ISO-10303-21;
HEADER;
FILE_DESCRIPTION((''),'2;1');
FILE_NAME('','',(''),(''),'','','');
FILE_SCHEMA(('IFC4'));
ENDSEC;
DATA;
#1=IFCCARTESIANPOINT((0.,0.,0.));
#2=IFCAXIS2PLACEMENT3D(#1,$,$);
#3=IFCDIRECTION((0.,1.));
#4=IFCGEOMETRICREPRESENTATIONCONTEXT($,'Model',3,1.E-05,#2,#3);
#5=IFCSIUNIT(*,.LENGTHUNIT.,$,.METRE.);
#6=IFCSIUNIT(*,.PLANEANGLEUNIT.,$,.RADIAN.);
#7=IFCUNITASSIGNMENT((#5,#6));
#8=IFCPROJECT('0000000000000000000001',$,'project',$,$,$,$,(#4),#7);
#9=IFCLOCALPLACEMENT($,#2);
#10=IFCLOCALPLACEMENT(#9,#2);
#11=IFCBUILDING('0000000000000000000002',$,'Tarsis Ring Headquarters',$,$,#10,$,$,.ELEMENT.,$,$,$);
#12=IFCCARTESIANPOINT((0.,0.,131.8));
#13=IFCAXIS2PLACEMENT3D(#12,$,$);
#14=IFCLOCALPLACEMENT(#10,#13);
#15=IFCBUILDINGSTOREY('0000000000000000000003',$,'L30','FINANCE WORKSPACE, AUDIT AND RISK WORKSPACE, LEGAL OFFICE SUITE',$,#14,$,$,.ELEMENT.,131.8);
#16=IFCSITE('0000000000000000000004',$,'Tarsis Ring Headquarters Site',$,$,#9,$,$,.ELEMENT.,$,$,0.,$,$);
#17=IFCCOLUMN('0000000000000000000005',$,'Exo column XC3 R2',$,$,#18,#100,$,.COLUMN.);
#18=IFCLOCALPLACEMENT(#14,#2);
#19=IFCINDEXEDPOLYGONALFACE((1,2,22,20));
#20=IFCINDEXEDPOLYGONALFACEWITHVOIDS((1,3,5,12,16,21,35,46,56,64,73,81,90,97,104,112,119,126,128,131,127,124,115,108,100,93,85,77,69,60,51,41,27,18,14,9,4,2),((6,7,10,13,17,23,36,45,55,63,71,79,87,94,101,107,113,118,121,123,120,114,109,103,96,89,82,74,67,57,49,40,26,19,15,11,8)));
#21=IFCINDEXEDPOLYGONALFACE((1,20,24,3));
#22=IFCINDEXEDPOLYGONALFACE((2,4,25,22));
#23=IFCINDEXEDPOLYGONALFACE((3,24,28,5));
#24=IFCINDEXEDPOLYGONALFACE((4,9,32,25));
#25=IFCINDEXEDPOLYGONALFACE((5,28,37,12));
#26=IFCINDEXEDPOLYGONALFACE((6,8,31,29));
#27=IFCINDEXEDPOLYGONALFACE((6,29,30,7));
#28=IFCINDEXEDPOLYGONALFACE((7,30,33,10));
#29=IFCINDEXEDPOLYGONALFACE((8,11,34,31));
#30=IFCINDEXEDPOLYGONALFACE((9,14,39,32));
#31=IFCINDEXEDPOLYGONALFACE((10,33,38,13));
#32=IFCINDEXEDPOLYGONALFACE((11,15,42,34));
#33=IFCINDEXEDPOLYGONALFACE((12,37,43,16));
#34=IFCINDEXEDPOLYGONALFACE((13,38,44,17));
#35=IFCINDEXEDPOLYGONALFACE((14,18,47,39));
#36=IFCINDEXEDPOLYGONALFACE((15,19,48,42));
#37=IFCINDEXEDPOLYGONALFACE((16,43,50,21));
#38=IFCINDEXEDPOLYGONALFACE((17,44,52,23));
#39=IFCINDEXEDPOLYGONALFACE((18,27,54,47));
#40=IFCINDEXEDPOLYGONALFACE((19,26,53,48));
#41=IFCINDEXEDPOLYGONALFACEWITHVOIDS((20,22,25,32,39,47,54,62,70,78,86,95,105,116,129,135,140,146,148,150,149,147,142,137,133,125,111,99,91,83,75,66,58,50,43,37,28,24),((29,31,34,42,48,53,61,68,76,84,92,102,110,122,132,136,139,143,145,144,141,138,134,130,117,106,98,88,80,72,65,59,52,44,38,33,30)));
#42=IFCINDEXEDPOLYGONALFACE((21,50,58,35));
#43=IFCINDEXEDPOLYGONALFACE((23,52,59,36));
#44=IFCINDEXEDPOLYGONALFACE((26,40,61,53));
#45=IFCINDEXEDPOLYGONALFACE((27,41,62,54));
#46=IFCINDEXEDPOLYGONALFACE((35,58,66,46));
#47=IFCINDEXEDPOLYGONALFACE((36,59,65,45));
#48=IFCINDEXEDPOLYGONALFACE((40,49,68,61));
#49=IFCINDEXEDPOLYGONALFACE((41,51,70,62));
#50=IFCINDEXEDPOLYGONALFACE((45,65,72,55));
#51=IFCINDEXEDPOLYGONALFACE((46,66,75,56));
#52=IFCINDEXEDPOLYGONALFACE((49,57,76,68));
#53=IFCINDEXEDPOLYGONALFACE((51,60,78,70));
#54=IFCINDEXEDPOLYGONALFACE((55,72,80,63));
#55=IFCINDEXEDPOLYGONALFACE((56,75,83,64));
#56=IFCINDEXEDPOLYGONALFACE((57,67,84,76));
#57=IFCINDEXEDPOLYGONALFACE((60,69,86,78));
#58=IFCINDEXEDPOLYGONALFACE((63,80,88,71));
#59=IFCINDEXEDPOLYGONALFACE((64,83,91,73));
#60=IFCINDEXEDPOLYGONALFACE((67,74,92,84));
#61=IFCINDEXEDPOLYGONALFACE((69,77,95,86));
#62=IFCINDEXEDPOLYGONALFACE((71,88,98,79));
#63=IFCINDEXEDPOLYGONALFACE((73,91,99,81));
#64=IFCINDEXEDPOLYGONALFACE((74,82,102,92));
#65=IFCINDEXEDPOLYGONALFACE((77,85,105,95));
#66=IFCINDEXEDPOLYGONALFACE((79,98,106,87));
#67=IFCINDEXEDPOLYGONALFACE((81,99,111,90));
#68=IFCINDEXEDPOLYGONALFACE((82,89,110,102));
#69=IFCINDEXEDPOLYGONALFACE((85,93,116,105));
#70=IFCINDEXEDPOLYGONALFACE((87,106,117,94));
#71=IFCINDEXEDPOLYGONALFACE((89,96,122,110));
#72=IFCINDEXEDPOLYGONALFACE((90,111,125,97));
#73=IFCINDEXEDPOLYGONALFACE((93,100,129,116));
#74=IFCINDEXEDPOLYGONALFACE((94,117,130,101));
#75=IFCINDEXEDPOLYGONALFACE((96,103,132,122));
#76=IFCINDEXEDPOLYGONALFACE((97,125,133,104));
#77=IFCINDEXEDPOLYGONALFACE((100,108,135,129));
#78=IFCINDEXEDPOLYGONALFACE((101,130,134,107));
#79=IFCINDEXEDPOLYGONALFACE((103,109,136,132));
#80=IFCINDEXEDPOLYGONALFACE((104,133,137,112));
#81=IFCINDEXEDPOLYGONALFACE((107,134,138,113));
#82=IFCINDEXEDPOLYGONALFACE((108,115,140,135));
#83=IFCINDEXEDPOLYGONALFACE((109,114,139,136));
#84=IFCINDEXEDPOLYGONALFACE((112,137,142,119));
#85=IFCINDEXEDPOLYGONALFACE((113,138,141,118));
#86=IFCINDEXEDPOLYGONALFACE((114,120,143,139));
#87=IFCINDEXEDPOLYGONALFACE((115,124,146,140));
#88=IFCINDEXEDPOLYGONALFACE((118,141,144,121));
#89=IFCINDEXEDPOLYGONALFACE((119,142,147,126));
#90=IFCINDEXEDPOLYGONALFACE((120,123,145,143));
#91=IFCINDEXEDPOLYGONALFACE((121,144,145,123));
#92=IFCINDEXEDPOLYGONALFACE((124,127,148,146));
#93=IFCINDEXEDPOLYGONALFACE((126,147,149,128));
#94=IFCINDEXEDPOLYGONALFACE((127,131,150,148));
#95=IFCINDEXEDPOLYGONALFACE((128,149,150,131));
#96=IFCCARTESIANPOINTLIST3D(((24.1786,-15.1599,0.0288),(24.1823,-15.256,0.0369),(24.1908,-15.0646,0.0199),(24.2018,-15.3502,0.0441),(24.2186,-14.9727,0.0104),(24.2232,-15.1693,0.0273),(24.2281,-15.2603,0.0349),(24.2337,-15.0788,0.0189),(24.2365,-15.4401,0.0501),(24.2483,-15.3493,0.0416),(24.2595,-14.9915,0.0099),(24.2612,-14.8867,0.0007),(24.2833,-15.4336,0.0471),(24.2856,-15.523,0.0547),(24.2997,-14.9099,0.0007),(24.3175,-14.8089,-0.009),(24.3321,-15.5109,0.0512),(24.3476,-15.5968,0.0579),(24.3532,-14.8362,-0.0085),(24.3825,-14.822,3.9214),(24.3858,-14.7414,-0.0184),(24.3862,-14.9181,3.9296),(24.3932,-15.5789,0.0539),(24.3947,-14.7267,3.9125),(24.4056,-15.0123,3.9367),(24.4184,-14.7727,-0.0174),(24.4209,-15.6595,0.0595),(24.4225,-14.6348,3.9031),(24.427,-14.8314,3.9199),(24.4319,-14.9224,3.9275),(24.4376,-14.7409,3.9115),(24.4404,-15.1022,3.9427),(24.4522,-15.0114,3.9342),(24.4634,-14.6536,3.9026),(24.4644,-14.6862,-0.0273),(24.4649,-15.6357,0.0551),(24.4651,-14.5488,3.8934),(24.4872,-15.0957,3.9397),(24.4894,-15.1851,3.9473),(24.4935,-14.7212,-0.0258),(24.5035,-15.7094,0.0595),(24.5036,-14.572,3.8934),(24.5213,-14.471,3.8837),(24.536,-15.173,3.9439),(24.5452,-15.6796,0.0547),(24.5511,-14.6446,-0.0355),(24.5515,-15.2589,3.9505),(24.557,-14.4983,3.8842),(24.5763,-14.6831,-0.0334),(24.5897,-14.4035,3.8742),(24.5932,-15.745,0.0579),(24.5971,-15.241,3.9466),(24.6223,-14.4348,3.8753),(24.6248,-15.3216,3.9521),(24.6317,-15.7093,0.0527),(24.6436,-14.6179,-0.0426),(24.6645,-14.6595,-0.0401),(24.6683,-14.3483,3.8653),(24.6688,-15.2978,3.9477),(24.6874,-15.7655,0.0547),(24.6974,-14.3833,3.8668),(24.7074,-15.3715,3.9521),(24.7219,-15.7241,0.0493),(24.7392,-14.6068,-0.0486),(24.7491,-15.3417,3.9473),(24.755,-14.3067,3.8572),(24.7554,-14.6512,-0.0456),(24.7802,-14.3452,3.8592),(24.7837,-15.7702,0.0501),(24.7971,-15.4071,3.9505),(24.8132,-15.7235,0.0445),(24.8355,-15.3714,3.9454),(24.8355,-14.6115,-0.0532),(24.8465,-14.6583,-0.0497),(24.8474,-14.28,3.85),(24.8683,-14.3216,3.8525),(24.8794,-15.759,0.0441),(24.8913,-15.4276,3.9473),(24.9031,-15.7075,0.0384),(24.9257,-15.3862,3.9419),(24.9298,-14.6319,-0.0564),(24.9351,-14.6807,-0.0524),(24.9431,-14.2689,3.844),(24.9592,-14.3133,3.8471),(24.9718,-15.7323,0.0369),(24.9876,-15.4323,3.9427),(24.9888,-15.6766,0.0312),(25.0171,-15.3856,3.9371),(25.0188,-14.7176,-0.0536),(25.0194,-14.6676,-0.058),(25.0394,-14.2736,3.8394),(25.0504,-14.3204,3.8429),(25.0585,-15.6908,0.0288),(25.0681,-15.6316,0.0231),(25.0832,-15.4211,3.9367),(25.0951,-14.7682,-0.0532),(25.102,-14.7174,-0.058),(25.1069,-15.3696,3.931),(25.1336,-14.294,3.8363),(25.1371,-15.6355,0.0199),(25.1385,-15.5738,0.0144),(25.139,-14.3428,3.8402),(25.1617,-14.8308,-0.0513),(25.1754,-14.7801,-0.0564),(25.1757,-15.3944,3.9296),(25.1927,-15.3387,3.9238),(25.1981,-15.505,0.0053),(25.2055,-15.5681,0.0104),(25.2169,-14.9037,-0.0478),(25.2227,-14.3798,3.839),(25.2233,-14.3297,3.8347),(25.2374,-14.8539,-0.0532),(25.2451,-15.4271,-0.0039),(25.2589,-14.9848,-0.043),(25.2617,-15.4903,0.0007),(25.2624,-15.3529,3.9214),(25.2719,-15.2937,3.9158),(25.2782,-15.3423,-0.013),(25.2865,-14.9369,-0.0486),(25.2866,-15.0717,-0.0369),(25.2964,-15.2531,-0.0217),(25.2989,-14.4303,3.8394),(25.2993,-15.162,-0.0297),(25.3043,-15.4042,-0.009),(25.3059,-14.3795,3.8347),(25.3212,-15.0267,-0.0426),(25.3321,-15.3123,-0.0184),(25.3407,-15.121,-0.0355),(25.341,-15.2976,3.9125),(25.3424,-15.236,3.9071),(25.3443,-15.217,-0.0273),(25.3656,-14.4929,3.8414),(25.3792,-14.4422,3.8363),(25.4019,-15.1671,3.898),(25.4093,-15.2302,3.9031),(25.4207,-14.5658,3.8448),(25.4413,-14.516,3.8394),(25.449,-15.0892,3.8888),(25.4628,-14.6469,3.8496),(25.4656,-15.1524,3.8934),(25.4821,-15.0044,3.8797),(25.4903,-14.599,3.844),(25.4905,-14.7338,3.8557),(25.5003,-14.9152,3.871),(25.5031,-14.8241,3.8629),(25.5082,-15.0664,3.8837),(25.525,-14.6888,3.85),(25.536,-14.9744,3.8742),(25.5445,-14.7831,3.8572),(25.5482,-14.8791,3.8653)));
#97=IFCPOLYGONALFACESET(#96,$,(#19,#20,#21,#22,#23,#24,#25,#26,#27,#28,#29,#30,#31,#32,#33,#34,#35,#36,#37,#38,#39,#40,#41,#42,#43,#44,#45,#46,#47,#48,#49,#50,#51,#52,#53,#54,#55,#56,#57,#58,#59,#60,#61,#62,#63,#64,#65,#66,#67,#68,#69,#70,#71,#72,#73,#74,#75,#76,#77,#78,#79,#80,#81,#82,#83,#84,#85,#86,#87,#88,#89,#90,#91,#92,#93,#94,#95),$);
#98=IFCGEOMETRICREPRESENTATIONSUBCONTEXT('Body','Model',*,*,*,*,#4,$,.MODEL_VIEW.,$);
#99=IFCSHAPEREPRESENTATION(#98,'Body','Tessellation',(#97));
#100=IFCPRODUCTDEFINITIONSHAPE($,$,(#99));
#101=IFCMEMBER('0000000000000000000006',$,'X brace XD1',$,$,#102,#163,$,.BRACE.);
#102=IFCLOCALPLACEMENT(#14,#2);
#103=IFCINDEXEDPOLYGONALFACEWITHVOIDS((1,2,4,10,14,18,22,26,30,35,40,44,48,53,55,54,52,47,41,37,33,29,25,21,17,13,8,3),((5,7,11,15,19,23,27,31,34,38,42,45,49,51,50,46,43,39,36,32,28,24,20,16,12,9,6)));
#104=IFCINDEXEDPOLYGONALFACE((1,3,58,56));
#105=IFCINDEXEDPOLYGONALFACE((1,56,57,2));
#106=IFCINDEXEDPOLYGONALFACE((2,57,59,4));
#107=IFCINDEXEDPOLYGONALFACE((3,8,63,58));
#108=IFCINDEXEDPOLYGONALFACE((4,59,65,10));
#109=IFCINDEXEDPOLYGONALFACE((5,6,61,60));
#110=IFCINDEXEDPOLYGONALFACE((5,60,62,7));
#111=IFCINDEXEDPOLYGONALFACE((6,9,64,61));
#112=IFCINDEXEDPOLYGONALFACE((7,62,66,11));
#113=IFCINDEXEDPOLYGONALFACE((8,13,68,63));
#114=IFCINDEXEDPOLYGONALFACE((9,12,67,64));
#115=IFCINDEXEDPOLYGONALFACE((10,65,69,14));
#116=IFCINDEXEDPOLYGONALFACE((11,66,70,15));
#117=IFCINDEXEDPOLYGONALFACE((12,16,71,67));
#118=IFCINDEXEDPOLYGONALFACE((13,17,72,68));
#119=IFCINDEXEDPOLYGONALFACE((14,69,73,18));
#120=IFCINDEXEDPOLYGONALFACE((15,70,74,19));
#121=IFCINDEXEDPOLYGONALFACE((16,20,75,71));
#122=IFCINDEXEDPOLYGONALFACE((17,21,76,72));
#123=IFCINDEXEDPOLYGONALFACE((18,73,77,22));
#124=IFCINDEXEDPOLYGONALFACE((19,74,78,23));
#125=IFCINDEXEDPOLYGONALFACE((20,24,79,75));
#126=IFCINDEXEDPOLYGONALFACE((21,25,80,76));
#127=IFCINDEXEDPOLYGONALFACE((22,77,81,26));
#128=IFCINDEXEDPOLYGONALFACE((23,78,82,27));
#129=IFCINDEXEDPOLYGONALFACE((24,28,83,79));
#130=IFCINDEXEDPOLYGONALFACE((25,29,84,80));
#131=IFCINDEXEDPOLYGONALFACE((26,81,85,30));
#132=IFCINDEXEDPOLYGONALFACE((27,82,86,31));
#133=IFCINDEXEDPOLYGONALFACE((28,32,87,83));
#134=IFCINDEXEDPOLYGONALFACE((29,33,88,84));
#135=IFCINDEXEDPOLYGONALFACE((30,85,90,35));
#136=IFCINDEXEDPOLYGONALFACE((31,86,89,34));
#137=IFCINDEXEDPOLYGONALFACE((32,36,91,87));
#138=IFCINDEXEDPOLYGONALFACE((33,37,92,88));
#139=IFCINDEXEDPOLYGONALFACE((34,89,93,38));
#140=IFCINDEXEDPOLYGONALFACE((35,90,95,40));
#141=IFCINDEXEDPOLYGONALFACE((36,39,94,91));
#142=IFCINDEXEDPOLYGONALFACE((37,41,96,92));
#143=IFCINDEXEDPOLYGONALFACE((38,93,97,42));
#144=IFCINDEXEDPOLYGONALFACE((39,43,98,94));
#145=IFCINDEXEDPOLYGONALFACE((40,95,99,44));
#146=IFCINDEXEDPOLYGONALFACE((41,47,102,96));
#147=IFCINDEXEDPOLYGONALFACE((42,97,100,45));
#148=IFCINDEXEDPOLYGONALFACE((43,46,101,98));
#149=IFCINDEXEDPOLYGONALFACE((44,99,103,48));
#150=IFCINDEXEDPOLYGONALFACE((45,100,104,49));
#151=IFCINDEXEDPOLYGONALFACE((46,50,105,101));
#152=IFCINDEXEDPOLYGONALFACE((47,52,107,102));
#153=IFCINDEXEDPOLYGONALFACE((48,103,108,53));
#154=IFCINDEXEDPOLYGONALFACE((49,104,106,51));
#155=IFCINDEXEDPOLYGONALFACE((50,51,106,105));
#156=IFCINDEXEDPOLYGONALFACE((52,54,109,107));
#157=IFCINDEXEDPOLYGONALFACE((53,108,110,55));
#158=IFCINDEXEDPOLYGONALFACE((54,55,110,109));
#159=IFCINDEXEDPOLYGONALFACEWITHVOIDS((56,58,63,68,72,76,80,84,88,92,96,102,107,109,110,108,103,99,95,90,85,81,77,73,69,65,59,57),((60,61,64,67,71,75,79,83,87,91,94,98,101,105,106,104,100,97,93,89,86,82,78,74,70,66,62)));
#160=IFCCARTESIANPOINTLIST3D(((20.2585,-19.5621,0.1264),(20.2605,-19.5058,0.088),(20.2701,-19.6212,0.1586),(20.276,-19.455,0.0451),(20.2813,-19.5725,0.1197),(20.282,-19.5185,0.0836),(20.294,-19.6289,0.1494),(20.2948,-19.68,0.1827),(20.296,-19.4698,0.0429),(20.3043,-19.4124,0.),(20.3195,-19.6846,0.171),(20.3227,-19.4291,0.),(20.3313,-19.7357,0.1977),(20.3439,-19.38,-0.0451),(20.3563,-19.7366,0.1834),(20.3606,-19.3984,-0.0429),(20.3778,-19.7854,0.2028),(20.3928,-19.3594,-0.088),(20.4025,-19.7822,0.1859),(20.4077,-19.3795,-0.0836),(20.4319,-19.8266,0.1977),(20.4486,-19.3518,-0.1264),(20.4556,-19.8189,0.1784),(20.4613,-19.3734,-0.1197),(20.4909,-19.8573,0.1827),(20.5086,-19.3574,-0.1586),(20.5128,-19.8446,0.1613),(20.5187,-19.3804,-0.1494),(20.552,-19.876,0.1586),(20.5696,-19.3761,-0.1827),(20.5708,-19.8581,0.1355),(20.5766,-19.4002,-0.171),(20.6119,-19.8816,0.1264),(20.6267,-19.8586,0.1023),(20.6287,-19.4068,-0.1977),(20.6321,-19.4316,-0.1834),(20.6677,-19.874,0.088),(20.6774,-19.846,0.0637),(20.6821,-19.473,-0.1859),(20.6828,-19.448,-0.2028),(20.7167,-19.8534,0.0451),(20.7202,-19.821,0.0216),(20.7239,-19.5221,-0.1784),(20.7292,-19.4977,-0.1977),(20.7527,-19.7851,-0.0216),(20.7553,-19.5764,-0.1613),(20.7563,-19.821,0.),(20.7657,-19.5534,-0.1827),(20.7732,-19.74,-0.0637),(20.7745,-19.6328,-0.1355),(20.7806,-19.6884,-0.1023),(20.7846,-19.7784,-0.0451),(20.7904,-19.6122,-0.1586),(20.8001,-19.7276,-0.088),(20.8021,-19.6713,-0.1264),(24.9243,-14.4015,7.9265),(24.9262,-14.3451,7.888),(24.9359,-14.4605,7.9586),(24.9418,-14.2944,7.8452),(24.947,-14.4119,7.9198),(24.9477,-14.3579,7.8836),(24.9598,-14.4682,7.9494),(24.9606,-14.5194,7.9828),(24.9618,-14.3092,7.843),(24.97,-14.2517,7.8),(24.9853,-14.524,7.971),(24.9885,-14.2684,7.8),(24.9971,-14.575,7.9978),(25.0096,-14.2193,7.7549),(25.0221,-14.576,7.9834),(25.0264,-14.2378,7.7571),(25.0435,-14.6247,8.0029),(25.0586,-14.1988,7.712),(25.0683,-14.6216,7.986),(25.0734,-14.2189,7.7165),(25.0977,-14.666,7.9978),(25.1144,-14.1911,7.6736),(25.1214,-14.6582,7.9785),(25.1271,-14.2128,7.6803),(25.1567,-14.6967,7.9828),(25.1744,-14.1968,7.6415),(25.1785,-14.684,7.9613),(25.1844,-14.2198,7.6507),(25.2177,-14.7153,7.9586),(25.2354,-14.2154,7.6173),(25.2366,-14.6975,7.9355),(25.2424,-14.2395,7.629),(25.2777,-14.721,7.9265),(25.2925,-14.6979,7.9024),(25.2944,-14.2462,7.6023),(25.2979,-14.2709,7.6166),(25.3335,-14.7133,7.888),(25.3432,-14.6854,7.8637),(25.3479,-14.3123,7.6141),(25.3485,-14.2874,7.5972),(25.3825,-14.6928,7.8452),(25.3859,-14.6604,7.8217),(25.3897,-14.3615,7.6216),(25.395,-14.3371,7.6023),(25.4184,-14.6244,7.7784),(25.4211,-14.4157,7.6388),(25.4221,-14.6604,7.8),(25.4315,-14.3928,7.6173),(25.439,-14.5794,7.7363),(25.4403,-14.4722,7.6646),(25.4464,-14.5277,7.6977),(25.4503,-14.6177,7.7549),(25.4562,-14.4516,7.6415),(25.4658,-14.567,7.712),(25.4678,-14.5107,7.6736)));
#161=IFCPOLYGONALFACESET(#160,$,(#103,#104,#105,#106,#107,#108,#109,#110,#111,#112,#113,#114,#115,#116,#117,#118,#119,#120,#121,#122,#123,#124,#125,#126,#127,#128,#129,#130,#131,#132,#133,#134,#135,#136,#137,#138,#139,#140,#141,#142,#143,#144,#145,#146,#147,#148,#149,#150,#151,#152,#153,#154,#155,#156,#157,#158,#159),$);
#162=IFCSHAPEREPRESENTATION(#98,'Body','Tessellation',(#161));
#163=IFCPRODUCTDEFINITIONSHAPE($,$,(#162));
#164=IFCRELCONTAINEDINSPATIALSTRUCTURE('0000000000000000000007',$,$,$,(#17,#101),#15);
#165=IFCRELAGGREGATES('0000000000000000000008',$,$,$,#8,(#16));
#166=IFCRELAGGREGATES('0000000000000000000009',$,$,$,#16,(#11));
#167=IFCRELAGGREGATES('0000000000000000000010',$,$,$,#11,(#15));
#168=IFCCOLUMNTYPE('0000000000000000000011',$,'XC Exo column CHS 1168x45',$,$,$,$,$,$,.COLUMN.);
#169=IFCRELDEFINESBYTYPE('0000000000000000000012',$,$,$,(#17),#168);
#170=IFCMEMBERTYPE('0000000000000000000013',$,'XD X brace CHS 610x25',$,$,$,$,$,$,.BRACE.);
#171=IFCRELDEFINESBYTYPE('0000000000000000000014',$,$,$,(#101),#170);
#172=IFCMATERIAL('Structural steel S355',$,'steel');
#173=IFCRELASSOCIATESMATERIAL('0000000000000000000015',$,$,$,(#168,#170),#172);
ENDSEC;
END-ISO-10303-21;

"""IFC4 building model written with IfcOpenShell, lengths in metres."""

from ifc_helpers import new_model, si_unit, direction, frame, origin, origin_2d, place, context, subcontext, project, spatial, hollow_circle, extrude, material, material_profile, profile_set, type_object, element, save


model = new_model("IFC4")

# Units and contexts
model_context = context("Model", 3, precision=1e-05, world=origin(), true_north=direction((0.0, 1.0)))
body_context = subcontext(model_context, "Body", "Model", "MODEL_VIEW")
ifc_project = project(units=[si_unit("LENGTHUNIT", "METRE"), si_unit("PLANEANGLEUNIT", "RADIAN")], contexts=[model_context])

# Site, building, storey
site_placement = place(None, origin())
site = spatial("IfcSite", under=ifc_project, at=site_placement, Name="Tarsis Ring Headquarters Site", CompositionType="ELEMENT", RefElevation=0.0)
building_placement = place(site_placement, origin())
building = spatial("IfcBuilding", under=site, at=building_placement, Name="Tarsis Ring Headquarters", CompositionType="ELEMENT")
storey_placement = place(building_placement, frame((0.0, 0.0, 131.8)))
storey = spatial("IfcBuildingStorey", under=building, at=storey_placement, Name="L30", Description="FINANCE WORKSPACE, AUDIT AND RISK WORKSPACE, LEGAL OFFICE SUITE", CompositionType="ELEMENT", Elevation=131.8)

# Column
ifc_material_1 = material(Name="Structural steel S355", Category="steel")
ifc_material_profile_1 = material_profile(ifc_material_1, hollow_circle(Radius=0.5842, WallThickness=0.0449, at=origin_2d()), Name="CHS 1168x45")
ifc_profile_set_1 = profile_set([ifc_material_profile_1], Name="Structural steel S355")
column_type = type_object("IfcColumnType", Name="XC Exo column CHS 1168x45", PredefinedType="COLUMN", material=ifc_profile_set_1)
for number, where, z_axis, x_axis, name in (
    (1, (24.7615, -15.1885, 0.0007), (0.052104, 0.086361, 0.9949), (-0.856235, 0.516587, 0.0), "Exo column XC3 R2"),
):
    element("IfcColumn", number, at=place(storey_placement, frame(where, z_axis=z_axis, x_axis=x_axis)), inside=storey, type_object=column_type, Name=name, PredefinedType="COLUMN", context=body_context, shape_type="SweptSolid", body=[
        extrude(hollow_circle(Radius=0.5842, WallThickness=0.0449, at=origin_2d()), origin(), (0.0, 0.0, 1.0), 3.9126),
    ])

# Member
ifc_material_profile_2 = material_profile(ifc_material_1, hollow_circle(Radius=0.3047, WallThickness=0.0249, at=origin_2d()), Name="CHS 610x25")
ifc_profile_set_2 = profile_set([ifc_material_profile_2], Name="Structural steel S355")
member_type = type_object("IfcMemberType", Name="XD X brace CHS 610x25", PredefinedType="BRACE", material=ifc_profile_set_2)
member_1_placement = place(storey_placement, frame((20.5303, -19.6167, 0.0), z_axis=(0.446404, 0.493751, 0.74628), x_axis=(-0.741778, 0.670646, 0.0)))
element("IfcMember", 2, at=member_1_placement, inside=storey, type_object=member_type, Name="X brace XD1", PredefinedType="BRACE", context=body_context, shape_type="SweptSolid", body=[
    extrude(hollow_circle(Radius=0.3047, WallThickness=0.0249, at=origin_2d()), origin(), (0.0, 0.0, 1.0), 10.4519),
])

save(model, "model.ifc")
